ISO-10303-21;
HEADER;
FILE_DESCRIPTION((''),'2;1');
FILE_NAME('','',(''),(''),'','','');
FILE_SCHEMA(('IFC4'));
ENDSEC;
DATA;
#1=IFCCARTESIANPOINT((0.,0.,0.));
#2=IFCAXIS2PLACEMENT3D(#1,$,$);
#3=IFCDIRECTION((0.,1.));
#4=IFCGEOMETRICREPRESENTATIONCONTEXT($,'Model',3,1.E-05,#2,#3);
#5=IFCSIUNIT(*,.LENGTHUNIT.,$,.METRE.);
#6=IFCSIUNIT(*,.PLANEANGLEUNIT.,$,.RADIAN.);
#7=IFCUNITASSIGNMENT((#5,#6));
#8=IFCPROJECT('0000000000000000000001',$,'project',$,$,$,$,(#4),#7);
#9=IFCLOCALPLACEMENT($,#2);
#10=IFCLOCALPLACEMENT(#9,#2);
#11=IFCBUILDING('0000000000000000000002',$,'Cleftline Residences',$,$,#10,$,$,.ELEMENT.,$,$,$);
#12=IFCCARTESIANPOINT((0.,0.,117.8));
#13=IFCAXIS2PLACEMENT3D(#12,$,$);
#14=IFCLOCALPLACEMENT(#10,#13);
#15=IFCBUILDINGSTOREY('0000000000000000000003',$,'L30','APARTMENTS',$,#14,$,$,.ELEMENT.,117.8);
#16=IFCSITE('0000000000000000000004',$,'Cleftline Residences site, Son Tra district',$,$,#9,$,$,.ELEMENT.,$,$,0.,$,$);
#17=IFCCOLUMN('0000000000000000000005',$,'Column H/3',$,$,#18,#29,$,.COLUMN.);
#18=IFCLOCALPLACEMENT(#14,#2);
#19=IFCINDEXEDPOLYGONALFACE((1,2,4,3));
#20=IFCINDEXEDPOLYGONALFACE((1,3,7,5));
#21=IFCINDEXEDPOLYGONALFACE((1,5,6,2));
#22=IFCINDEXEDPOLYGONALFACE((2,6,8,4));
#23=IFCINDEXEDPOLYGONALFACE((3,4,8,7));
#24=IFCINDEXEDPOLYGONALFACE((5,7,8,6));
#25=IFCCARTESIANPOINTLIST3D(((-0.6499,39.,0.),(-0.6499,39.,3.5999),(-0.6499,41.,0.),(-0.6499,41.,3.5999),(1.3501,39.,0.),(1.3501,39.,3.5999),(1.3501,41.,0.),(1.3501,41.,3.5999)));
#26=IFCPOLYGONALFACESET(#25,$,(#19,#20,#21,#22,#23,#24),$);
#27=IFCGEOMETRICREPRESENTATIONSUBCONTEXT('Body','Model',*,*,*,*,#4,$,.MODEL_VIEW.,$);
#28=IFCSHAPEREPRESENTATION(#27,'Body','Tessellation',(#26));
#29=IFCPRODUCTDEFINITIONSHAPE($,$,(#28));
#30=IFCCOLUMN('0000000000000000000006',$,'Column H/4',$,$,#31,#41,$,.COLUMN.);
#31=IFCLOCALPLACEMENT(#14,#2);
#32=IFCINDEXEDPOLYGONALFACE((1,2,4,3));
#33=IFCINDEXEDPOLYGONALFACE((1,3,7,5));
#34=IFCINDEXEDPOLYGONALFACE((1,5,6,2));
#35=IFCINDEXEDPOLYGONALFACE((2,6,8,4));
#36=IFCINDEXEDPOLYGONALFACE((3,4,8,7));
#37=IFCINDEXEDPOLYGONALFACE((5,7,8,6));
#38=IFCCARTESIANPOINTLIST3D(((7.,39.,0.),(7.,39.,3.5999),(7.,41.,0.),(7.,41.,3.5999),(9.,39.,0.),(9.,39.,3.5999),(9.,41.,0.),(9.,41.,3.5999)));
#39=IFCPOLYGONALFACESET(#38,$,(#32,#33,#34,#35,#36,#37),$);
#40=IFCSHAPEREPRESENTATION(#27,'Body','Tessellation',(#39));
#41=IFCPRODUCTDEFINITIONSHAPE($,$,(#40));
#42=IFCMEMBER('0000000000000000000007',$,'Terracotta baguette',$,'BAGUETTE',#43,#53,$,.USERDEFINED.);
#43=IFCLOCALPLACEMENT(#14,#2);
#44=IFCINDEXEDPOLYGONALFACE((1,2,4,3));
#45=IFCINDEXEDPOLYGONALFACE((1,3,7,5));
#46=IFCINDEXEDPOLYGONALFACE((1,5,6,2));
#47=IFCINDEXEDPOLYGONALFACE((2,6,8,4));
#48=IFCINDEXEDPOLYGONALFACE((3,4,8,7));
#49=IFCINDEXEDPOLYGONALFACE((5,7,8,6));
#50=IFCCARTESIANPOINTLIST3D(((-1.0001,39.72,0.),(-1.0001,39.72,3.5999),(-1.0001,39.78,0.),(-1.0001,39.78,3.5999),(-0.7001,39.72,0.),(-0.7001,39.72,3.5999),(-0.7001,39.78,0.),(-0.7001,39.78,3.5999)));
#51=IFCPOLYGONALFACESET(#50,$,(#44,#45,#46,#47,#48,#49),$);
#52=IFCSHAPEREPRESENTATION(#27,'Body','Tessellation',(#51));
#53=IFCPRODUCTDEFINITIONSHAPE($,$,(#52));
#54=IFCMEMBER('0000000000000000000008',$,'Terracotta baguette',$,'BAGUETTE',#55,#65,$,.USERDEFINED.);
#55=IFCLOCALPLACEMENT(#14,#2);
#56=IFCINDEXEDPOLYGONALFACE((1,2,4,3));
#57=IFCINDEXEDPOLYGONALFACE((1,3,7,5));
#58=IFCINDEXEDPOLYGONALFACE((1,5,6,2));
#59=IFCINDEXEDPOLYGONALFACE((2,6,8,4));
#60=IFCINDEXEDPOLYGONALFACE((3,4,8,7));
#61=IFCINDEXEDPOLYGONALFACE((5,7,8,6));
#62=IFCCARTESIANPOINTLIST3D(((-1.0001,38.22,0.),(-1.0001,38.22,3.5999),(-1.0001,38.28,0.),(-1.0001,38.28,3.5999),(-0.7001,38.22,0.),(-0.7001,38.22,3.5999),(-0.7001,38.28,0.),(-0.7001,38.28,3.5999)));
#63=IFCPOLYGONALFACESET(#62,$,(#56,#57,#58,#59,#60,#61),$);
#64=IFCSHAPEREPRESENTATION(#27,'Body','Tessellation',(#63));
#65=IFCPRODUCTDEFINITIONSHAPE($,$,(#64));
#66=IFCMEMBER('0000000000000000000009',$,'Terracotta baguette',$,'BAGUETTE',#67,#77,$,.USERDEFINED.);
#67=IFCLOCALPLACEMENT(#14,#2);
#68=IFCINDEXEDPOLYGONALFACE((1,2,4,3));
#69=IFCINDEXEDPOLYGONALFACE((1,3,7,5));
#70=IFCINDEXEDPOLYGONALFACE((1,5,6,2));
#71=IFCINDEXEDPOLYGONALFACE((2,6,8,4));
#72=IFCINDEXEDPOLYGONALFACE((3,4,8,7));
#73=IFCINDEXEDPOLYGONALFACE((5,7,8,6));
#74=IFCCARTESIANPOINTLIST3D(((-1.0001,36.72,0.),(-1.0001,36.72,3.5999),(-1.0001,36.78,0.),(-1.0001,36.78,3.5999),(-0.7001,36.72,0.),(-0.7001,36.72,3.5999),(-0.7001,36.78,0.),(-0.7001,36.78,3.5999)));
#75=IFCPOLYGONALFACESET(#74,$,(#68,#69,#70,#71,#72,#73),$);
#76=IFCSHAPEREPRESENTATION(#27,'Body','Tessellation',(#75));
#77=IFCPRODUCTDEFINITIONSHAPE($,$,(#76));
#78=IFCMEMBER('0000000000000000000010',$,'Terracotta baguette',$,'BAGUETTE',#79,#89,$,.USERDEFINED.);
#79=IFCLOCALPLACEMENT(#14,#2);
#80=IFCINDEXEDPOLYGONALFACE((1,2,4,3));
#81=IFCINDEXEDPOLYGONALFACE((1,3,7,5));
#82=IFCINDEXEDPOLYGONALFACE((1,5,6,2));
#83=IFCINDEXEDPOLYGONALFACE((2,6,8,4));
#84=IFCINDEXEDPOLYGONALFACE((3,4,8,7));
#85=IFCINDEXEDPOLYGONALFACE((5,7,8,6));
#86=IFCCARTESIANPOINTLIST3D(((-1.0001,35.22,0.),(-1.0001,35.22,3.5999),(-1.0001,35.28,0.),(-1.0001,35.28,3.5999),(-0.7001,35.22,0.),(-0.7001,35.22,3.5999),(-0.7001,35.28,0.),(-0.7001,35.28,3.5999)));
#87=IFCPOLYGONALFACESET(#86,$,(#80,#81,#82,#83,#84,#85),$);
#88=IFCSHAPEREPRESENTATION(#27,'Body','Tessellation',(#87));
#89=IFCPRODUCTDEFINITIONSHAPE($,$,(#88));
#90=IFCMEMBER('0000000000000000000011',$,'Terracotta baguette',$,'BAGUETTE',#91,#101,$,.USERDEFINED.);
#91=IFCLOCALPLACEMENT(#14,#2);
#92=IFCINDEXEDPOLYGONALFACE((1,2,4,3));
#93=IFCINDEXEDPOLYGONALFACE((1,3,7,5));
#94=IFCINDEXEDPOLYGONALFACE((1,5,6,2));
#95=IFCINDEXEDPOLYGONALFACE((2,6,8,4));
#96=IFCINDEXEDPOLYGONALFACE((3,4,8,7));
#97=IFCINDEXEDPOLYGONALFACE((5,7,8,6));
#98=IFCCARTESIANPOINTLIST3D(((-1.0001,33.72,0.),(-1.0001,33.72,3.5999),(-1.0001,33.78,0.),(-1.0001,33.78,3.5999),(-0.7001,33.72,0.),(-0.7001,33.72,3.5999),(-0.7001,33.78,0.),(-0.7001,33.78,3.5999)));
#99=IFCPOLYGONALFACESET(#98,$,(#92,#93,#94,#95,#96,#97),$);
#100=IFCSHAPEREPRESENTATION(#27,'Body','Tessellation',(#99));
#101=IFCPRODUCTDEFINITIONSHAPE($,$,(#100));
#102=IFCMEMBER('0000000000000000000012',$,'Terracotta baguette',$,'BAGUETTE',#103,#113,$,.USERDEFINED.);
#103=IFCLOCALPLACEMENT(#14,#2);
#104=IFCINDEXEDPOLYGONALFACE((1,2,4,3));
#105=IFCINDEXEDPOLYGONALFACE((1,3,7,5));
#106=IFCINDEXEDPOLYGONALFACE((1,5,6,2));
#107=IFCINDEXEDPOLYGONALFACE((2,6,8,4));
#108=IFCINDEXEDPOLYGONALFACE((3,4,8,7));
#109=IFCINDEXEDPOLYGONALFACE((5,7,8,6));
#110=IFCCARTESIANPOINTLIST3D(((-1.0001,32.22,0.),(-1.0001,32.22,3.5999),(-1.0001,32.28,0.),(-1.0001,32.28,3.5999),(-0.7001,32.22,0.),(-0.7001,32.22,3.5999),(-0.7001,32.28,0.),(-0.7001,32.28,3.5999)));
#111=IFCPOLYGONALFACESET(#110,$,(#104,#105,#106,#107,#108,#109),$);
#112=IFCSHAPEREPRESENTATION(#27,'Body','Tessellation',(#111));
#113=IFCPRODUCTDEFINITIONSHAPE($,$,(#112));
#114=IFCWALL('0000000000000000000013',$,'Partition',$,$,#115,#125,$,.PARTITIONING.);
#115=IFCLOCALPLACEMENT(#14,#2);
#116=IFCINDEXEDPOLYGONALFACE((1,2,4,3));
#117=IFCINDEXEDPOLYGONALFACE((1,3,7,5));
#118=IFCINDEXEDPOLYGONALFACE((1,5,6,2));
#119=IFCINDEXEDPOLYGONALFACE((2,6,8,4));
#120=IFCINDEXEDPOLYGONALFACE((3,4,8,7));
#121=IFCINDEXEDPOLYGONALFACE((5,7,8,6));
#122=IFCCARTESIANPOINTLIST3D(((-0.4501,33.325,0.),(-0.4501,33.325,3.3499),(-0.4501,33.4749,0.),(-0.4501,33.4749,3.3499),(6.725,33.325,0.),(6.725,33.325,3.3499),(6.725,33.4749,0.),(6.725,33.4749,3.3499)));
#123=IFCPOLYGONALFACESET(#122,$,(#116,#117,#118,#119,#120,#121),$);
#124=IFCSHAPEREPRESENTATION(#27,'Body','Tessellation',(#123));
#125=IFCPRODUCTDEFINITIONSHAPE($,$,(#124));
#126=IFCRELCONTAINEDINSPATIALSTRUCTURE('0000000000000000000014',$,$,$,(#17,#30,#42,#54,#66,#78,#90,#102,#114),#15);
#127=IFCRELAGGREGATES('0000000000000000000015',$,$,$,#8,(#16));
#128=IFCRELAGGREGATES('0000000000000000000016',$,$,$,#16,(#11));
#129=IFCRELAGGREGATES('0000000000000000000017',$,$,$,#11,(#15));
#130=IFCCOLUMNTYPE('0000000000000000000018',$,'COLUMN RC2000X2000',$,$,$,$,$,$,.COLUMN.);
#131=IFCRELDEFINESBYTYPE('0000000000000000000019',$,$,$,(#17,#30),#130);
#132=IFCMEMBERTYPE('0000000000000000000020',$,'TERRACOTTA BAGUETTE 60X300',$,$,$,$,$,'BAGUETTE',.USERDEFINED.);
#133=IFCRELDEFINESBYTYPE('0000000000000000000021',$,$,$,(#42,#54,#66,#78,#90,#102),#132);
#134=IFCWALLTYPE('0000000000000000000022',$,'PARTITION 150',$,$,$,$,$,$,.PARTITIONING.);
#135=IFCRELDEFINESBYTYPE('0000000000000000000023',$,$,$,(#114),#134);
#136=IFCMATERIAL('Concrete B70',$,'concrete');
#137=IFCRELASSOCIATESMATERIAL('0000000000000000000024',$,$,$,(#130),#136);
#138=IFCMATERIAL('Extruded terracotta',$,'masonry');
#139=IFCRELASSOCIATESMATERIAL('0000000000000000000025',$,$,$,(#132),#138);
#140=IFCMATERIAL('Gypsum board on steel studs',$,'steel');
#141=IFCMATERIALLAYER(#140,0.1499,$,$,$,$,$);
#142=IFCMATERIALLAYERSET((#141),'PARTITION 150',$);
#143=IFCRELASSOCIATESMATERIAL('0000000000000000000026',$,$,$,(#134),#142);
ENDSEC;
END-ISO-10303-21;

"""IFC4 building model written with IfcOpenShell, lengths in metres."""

from ifc_helpers import new_model, si_unit, direction, frame, frame_2d, origin, origin_2d, place, context, subcontext, project, spatial, rectangle, extrude, material, layer, layer_set, material_profile, profile_set, type_object, element, save


model = new_model("IFC4")

# Units and contexts
model_context = context("Model", 3, precision=1e-05, world=origin(), true_north=direction((0.0, 1.0)))
body_context = subcontext(model_context, "Body", "Model", "MODEL_VIEW")
ifc_project = project(units=[si_unit("LENGTHUNIT", "METRE"), si_unit("PLANEANGLEUNIT", "RADIAN")], contexts=[model_context])

# Site, building, storey
site_placement = place(None, origin())
site = spatial("IfcSite", under=ifc_project, at=site_placement, Name="Cleftline Residences site, Son Tra district", CompositionType="ELEMENT", RefElevation=0.0)
building_placement = place(site_placement, origin())
building = spatial("IfcBuilding", under=site, at=building_placement, Name="Cleftline Residences", CompositionType="ELEMENT")
storey_placement = place(building_placement, frame((0.0, 0.0, 117.8)))
storey = spatial("IfcBuildingStorey", under=building, at=storey_placement, Name="L30", Description="APARTMENTS", CompositionType="ELEMENT", Elevation=117.8)

# Columns
ifc_material_1 = material(Name="Concrete B70", Category="concrete")
ifc_material_profile_1 = material_profile(ifc_material_1, rectangle(XDim=2.0, YDim=2.0, at=origin_2d()))
ifc_profile_set_1 = profile_set([ifc_material_profile_1], Name="Concrete B70")
column_type = type_object("IfcColumnType", Name="COLUMN RC2000X2000", PredefinedType="COLUMN", material=ifc_profile_set_1)
for number, where, z_axis, x_axis, name in (
    (1, (0.3501, 40.0, 0.0), (0.0, 0.0, 1.0), (1.0, 0.0, 0.0), "Column H/3"),
    (2, (8.0, 40.0, 0.0), (0.0, 0.0, 1.0), (1.0, 0.0, 0.0), "Column H/4"),
):
    element("IfcColumn", number, at=place(storey_placement, frame(where, z_axis=z_axis, x_axis=x_axis)), inside=storey, type_object=column_type, Name=name, PredefinedType="COLUMN", context=body_context, shape_type="SweptSolid", body=[
        extrude(rectangle(XDim=2.0, YDim=2.0, at=origin_2d()), origin(), (0.0, 0.0, 1.0), 3.5999),
    ])

# Members
ifc_material_2 = material(Name="Extruded terracotta", Category="masonry")
ifc_material_profile_2 = material_profile(ifc_material_2, rectangle(XDim=0.0601, YDim=0.3, at=origin_2d()))
ifc_profile_set_2 = profile_set([ifc_material_profile_2], Name="Extruded terracotta")
member_type = type_object("IfcMemberType", Name="TERRACOTTA BAGUETTE 60X300", ElementType="BAGUETTE", PredefinedType="USERDEFINED", material=ifc_profile_set_2)
for number, where, z_axis, x_axis, name in (
    (3, (-0.8501, 39.75, 0.0), (0.0, 0.0, 1.0), (0.0, 1.0, 0.0), "Terracotta baguette"),
    (4, (-0.8501, 38.25, 0.0), (0.0, 0.0, 1.0), (0.0, 1.0, 0.0), "Terracotta baguette"),
    (5, (-0.8501, 36.75, 0.0), (0.0, 0.0, 1.0), (0.0, 1.0, 0.0), "Terracotta baguette"),
    (6, (-0.8501, 35.25, 0.0), (0.0, 0.0, 1.0), (0.0, 1.0, 0.0), "Terracotta baguette"),
    (7, (-0.8501, 33.75, 0.0), (0.0, 0.0, 1.0), (0.0, 1.0, 0.0), "Terracotta baguette"),
    (8, (-0.8501, 32.25, 0.0), (0.0, 0.0, 1.0), (0.0, 1.0, 0.0), "Terracotta baguette"),
):
    element("IfcMember", number, at=place(storey_placement, frame(where, z_axis=z_axis, x_axis=x_axis)), inside=storey, type_object=member_type, Name=name, ObjectType="BAGUETTE", PredefinedType="USERDEFINED", context=body_context, shape_type="SweptSolid", body=[
        extrude(rectangle(XDim=0.0601, YDim=0.3, at=origin_2d()), origin(), (0.0, 0.0, 1.0), 3.5999),
    ])

# Wall
ifc_material_3 = material(Name="Gypsum board on steel studs", Category="steel")
ifc_layer = layer(ifc_material_3, 0.1499)
ifc_layer_set = layer_set([ifc_layer], Name="PARTITION 150")
wall_type = type_object("IfcWallType", Name="PARTITION 150", PredefinedType="PARTITIONING", material=ifc_layer_set)
wall_1_placement = place(storey_placement, frame((-0.45, 33.3999, 0.0), z_axis=(0.0, 0.0, 1.0), x_axis=(1.0, 0.0, 0.0)))
element("IfcWall", 9, at=wall_1_placement, inside=storey, type_object=wall_type, Name="Partition", PredefinedType="PARTITIONING", context=body_context, shape_type="SweptSolid", body=[
    extrude(rectangle(XDim=7.175, YDim=0.1499, at=frame_2d((3.5874, 0.0))), origin(), (0.0, 0.0, 1.0), 3.3499),
])

save(model, "model.ifc")
